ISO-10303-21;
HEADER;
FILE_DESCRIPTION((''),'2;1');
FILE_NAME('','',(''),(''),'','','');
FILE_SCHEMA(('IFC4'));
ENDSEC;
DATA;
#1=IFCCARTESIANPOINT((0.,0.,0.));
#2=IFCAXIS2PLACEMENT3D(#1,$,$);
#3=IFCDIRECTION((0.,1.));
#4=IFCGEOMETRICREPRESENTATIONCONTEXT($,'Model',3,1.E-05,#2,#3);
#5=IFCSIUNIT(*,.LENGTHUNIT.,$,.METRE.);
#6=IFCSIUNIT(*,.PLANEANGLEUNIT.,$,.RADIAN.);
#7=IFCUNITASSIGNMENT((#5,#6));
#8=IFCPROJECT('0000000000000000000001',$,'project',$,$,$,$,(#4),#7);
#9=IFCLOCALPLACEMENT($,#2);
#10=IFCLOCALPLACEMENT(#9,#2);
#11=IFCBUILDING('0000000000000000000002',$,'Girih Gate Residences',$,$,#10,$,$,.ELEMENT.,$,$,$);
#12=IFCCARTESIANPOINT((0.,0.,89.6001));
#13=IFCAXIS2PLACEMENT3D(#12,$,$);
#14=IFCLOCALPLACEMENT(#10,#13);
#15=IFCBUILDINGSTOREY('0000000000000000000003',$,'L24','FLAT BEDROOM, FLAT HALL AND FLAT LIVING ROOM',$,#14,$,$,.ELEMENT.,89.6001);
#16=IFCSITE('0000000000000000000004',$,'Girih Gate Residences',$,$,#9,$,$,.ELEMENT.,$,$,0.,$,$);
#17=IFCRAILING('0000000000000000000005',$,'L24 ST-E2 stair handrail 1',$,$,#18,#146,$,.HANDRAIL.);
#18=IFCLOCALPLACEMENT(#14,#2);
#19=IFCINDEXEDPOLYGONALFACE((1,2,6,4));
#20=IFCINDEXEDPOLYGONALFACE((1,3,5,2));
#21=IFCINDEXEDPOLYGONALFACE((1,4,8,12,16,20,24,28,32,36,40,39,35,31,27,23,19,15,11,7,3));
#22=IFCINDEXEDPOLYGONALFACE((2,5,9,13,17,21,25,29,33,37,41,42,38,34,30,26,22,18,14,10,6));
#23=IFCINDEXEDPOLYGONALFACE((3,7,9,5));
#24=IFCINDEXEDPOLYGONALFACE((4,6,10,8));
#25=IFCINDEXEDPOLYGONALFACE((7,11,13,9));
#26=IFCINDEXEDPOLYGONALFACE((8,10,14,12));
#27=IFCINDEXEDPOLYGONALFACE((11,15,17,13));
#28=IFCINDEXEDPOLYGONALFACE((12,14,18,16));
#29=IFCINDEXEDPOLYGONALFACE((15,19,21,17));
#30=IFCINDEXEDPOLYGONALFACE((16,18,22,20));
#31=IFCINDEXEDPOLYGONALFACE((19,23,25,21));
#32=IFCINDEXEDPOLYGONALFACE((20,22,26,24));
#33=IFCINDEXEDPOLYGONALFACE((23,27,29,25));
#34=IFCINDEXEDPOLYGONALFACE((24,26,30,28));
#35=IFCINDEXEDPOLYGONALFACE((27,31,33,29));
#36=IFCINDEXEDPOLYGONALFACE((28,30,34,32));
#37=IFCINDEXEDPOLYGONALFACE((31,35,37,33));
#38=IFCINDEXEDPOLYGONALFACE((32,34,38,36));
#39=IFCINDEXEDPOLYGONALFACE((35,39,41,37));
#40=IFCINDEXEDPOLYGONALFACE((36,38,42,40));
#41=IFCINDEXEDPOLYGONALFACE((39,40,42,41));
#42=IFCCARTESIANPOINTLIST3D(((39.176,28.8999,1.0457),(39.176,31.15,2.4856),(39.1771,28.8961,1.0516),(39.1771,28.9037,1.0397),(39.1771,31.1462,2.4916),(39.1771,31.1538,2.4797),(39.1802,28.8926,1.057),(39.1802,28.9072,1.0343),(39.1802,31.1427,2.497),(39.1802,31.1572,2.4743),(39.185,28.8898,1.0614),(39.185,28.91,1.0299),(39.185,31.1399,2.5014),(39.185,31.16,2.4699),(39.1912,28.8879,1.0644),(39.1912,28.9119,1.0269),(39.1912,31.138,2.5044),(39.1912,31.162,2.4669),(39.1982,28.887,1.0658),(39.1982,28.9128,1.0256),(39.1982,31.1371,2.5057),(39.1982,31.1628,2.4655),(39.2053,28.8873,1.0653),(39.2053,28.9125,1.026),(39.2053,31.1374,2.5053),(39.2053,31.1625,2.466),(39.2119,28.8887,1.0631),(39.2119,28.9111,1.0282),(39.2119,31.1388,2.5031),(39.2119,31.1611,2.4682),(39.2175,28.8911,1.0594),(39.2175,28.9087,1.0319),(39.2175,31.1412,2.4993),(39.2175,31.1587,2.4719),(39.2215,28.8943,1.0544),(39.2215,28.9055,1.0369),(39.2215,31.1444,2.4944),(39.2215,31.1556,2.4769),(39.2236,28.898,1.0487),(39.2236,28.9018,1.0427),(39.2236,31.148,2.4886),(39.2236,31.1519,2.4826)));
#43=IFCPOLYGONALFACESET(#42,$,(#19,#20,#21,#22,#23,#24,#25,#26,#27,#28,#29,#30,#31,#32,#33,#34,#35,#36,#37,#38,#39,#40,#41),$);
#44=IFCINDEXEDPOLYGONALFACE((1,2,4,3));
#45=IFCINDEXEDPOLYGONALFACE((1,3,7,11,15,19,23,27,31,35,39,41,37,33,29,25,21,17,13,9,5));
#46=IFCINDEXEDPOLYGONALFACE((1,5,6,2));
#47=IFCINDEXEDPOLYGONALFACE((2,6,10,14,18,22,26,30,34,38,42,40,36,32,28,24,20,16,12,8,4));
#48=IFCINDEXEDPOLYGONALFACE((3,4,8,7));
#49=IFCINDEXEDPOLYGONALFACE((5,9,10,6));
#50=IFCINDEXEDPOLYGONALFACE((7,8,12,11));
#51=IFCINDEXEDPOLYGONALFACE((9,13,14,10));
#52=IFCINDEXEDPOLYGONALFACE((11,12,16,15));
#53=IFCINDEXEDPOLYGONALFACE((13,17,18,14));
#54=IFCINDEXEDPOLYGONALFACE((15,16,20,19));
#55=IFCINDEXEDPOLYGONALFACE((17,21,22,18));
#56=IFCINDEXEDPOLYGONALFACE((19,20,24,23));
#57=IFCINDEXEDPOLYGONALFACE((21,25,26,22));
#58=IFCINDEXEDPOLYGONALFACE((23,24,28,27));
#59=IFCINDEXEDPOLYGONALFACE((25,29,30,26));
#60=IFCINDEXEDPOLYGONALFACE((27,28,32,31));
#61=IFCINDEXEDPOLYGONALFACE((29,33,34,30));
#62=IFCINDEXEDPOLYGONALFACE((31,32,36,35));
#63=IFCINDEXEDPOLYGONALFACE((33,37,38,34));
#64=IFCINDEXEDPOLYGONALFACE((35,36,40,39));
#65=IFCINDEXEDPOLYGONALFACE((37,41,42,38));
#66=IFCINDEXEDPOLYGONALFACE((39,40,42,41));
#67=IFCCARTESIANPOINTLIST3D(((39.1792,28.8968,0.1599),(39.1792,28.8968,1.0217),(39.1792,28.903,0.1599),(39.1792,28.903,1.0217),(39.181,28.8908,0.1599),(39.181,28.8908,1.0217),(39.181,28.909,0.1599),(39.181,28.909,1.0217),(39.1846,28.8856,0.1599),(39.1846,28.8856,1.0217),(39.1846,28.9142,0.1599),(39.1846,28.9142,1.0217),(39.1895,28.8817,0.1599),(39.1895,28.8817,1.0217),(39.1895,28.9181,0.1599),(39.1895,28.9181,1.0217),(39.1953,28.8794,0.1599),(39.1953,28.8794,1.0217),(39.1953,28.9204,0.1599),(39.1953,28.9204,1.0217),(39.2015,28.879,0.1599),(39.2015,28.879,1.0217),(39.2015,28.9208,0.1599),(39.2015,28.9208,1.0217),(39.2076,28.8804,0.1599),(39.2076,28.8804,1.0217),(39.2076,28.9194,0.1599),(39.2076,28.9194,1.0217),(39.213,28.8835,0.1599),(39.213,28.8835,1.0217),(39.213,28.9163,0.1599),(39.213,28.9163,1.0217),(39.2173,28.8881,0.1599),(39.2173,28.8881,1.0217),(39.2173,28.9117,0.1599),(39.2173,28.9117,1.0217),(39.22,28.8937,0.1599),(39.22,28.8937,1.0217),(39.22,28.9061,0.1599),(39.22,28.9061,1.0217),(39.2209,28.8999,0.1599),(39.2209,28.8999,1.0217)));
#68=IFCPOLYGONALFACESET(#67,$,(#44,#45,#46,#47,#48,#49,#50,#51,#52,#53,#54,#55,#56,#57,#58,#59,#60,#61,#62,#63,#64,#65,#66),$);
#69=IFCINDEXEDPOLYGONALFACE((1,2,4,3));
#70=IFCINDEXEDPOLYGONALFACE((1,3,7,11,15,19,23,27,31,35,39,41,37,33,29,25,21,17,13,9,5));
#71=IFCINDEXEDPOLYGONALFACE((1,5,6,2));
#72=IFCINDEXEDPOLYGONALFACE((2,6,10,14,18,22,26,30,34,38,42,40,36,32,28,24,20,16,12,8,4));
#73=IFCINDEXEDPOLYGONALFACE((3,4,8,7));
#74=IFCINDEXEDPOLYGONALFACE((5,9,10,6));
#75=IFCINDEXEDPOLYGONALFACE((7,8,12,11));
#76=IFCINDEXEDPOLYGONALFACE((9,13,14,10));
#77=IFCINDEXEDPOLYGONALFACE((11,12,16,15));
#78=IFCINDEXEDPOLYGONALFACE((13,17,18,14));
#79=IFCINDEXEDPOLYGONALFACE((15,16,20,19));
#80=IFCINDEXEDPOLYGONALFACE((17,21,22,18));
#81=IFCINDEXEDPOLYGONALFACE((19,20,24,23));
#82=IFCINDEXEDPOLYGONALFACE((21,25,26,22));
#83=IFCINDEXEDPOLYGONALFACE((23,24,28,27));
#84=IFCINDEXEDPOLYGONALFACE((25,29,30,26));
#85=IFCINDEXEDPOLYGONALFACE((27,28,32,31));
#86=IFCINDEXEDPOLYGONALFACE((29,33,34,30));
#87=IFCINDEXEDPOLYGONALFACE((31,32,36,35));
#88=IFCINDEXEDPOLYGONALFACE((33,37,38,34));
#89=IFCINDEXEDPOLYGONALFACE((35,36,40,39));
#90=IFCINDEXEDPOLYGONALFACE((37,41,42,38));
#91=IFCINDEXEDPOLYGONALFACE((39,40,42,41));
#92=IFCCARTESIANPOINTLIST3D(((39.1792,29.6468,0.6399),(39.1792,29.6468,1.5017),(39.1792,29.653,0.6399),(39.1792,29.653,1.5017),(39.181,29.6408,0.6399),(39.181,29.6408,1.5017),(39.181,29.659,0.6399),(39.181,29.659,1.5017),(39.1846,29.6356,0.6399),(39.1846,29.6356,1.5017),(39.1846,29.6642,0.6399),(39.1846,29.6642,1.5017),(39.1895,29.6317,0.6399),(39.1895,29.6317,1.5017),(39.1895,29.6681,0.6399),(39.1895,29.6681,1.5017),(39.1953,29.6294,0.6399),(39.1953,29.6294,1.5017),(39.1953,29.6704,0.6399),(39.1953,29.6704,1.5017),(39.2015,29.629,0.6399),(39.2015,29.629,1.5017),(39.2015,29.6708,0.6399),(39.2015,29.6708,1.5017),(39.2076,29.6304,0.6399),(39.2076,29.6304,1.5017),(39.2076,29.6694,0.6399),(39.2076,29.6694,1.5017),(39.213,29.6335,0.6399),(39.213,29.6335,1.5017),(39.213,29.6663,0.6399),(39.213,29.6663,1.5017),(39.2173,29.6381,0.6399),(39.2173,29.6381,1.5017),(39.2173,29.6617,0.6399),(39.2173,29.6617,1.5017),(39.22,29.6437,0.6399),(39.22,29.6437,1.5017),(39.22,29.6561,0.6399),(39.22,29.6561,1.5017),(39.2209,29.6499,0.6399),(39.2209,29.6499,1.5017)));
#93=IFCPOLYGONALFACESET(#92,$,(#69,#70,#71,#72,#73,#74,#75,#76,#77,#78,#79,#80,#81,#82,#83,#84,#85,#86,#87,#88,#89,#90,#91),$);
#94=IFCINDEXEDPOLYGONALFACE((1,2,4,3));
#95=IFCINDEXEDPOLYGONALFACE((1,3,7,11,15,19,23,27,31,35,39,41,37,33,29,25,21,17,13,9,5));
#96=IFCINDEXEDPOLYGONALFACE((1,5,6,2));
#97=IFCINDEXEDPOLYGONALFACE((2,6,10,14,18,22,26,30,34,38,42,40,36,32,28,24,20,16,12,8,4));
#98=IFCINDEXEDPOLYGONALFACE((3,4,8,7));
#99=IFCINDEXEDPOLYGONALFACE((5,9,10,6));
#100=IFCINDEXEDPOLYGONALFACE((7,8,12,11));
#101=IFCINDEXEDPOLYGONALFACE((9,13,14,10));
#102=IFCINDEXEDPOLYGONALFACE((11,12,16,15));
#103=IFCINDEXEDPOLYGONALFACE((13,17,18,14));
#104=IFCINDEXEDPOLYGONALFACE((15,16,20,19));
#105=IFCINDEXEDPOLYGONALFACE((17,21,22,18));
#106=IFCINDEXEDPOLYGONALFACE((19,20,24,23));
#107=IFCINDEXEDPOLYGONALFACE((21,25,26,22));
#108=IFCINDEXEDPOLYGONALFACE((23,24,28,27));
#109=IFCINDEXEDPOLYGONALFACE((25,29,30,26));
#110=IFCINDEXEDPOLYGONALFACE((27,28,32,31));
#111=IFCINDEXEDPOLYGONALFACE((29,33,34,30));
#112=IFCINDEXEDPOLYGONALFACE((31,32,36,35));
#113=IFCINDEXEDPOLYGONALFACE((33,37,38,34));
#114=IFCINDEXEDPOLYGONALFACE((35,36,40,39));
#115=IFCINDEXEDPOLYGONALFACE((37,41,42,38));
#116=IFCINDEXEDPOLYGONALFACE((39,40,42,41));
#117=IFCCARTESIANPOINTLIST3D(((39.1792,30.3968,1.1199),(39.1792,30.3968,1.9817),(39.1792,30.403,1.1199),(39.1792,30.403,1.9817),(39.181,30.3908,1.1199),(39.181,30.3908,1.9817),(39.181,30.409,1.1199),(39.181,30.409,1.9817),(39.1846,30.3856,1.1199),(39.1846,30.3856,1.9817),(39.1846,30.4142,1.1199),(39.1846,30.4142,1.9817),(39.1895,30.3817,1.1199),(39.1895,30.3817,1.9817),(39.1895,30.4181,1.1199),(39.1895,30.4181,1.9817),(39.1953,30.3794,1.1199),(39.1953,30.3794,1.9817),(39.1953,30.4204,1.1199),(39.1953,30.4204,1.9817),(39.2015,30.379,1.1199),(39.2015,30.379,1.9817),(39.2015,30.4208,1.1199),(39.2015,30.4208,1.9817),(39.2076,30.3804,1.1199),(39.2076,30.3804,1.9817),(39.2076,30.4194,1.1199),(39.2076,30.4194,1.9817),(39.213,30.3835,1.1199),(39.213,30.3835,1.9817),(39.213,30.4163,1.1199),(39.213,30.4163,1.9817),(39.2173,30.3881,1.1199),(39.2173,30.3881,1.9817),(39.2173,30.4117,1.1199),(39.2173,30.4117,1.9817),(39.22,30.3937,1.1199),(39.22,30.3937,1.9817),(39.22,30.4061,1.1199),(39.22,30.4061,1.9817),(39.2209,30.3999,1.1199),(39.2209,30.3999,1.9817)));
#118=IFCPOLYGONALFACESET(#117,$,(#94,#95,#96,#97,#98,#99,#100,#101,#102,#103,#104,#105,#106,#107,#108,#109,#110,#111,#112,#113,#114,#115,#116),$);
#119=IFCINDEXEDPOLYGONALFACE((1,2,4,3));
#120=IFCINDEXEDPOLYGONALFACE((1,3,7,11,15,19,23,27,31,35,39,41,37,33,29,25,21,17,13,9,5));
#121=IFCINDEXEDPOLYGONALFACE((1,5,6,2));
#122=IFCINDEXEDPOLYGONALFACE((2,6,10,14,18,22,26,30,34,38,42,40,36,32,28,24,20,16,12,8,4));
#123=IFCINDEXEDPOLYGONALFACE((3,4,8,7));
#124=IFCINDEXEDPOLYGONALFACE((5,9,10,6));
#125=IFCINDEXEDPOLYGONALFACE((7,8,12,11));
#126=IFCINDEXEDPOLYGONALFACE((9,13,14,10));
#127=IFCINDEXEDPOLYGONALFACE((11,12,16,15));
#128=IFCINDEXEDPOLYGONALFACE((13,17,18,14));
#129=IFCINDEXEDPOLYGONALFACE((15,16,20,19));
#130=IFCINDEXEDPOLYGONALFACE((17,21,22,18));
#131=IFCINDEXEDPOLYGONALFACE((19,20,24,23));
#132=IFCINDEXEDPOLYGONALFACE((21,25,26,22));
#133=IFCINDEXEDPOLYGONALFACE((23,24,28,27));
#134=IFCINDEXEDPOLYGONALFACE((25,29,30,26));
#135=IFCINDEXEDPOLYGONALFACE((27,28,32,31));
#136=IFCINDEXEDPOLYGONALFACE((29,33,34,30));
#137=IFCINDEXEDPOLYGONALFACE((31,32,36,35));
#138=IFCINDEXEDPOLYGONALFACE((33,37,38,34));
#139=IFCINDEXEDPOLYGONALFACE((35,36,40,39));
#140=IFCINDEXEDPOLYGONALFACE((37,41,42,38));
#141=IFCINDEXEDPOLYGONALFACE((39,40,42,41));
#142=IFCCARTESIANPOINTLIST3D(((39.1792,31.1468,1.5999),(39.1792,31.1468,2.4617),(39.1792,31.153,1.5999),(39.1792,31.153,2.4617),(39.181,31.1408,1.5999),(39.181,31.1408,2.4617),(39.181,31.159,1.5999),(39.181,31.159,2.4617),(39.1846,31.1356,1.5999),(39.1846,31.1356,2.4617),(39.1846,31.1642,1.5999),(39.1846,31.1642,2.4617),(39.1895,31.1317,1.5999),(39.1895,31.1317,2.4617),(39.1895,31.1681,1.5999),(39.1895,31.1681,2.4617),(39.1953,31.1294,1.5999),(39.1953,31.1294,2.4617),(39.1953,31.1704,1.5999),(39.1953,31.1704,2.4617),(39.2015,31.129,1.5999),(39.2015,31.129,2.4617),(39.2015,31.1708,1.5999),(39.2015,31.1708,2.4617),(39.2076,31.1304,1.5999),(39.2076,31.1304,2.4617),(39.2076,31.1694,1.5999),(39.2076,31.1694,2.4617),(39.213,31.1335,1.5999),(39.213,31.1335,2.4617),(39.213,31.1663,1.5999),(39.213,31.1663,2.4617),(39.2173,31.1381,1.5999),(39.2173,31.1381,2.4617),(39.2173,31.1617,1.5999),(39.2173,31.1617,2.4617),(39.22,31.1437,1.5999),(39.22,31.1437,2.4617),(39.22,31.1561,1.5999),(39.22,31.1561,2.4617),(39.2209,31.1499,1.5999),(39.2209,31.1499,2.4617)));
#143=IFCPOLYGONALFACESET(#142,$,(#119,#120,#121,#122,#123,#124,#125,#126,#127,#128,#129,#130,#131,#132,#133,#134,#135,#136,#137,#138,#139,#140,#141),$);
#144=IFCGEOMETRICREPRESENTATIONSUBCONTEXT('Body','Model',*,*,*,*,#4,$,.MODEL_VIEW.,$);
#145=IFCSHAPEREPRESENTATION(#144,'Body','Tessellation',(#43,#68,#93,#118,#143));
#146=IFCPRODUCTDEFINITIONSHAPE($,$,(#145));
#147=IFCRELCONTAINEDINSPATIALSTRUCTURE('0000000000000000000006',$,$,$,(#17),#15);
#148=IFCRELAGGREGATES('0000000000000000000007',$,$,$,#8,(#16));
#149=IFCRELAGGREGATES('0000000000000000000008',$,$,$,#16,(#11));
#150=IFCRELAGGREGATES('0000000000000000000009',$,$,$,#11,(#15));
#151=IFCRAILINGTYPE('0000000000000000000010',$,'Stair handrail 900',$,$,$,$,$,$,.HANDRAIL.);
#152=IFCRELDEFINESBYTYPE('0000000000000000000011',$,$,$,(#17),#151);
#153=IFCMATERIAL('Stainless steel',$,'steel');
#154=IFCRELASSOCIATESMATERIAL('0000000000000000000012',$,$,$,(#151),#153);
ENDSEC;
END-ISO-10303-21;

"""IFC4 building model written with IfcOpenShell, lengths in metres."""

from ifc_helpers import new_model, si_unit, direction, frame, origin, origin_2d, place, context, subcontext, project, spatial, circle, extrude, material, type_object, element, save


model = new_model("IFC4")

# Units and contexts
model_context = context("Model", 3, precision=1e-05, world=origin(), true_north=direction((0.0, 1.0)))
body_context = subcontext(model_context, "Body", "Model", "MODEL_VIEW")
ifc_project = project(units=[si_unit("LENGTHUNIT", "METRE"), si_unit("PLANEANGLEUNIT", "RADIAN")], contexts=[model_context])

# Site, building, storey
site_placement = place(None, origin())
site = spatial("IfcSite", under=ifc_project, at=site_placement, Name="Girih Gate Residences", CompositionType="ELEMENT", RefElevation=0.0)
building_placement = place(site_placement, origin())
building = spatial("IfcBuilding", under=site, at=building_placement, Name="Girih Gate Residences", CompositionType="ELEMENT")
storey_placement = place(building_placement, frame((0.0, 0.0, 89.6001)))
storey = spatial("IfcBuildingStorey", under=building, at=storey_placement, Name="L24", Description="FLAT BEDROOM, FLAT HALL AND FLAT LIVING ROOM", CompositionType="ELEMENT", Elevation=89.6001)

# Railing
ifc_material_1 = material(Name="Stainless steel", Category="steel")
railing_type_1 = type_object("IfcRailingType", Name="Stair handrail 900", PredefinedType="HANDRAIL", material=ifc_material_1)
railing_1_placement = place(storey_placement, frame((39.2, 28.8999, 0.1599)))
element("IfcRailing", 1, at=railing_1_placement, inside=storey, type_object=railing_type_1, Name="L24 ST-E2 stair handrail 1", PredefinedType="HANDRAIL", context=body_context, shape_type="SweptSolid", body=[
    extrude(circle(Radius=0.0239, at=origin_2d()), frame((0.0, 0.0, 0.8857), z_axis=(0.0, 0.842281, 0.539038), x_axis=(-1.0, 0.0, 0.0)), (0.0, 0.0, 1.0), 2.6714),
    extrude(circle(Radius=0.021, at=origin_2d()), origin(), (0.0, 0.0, 1.0), 0.8618),
    extrude(circle(Radius=0.021, at=origin_2d()), frame((0.0, 0.75, 0.48)), (0.0, 0.0, 1.0), 0.8618),
    extrude(circle(Radius=0.021, at=origin_2d()), frame((0.0, 1.5, 0.96)), (0.0, 0.0, 1.0), 0.8618),
    extrude(circle(Radius=0.021, at=origin_2d()), frame((0.0, 2.25, 1.4399)), (0.0, 0.0, 1.0), 0.8618),
])

save(model, "model.ifc")
